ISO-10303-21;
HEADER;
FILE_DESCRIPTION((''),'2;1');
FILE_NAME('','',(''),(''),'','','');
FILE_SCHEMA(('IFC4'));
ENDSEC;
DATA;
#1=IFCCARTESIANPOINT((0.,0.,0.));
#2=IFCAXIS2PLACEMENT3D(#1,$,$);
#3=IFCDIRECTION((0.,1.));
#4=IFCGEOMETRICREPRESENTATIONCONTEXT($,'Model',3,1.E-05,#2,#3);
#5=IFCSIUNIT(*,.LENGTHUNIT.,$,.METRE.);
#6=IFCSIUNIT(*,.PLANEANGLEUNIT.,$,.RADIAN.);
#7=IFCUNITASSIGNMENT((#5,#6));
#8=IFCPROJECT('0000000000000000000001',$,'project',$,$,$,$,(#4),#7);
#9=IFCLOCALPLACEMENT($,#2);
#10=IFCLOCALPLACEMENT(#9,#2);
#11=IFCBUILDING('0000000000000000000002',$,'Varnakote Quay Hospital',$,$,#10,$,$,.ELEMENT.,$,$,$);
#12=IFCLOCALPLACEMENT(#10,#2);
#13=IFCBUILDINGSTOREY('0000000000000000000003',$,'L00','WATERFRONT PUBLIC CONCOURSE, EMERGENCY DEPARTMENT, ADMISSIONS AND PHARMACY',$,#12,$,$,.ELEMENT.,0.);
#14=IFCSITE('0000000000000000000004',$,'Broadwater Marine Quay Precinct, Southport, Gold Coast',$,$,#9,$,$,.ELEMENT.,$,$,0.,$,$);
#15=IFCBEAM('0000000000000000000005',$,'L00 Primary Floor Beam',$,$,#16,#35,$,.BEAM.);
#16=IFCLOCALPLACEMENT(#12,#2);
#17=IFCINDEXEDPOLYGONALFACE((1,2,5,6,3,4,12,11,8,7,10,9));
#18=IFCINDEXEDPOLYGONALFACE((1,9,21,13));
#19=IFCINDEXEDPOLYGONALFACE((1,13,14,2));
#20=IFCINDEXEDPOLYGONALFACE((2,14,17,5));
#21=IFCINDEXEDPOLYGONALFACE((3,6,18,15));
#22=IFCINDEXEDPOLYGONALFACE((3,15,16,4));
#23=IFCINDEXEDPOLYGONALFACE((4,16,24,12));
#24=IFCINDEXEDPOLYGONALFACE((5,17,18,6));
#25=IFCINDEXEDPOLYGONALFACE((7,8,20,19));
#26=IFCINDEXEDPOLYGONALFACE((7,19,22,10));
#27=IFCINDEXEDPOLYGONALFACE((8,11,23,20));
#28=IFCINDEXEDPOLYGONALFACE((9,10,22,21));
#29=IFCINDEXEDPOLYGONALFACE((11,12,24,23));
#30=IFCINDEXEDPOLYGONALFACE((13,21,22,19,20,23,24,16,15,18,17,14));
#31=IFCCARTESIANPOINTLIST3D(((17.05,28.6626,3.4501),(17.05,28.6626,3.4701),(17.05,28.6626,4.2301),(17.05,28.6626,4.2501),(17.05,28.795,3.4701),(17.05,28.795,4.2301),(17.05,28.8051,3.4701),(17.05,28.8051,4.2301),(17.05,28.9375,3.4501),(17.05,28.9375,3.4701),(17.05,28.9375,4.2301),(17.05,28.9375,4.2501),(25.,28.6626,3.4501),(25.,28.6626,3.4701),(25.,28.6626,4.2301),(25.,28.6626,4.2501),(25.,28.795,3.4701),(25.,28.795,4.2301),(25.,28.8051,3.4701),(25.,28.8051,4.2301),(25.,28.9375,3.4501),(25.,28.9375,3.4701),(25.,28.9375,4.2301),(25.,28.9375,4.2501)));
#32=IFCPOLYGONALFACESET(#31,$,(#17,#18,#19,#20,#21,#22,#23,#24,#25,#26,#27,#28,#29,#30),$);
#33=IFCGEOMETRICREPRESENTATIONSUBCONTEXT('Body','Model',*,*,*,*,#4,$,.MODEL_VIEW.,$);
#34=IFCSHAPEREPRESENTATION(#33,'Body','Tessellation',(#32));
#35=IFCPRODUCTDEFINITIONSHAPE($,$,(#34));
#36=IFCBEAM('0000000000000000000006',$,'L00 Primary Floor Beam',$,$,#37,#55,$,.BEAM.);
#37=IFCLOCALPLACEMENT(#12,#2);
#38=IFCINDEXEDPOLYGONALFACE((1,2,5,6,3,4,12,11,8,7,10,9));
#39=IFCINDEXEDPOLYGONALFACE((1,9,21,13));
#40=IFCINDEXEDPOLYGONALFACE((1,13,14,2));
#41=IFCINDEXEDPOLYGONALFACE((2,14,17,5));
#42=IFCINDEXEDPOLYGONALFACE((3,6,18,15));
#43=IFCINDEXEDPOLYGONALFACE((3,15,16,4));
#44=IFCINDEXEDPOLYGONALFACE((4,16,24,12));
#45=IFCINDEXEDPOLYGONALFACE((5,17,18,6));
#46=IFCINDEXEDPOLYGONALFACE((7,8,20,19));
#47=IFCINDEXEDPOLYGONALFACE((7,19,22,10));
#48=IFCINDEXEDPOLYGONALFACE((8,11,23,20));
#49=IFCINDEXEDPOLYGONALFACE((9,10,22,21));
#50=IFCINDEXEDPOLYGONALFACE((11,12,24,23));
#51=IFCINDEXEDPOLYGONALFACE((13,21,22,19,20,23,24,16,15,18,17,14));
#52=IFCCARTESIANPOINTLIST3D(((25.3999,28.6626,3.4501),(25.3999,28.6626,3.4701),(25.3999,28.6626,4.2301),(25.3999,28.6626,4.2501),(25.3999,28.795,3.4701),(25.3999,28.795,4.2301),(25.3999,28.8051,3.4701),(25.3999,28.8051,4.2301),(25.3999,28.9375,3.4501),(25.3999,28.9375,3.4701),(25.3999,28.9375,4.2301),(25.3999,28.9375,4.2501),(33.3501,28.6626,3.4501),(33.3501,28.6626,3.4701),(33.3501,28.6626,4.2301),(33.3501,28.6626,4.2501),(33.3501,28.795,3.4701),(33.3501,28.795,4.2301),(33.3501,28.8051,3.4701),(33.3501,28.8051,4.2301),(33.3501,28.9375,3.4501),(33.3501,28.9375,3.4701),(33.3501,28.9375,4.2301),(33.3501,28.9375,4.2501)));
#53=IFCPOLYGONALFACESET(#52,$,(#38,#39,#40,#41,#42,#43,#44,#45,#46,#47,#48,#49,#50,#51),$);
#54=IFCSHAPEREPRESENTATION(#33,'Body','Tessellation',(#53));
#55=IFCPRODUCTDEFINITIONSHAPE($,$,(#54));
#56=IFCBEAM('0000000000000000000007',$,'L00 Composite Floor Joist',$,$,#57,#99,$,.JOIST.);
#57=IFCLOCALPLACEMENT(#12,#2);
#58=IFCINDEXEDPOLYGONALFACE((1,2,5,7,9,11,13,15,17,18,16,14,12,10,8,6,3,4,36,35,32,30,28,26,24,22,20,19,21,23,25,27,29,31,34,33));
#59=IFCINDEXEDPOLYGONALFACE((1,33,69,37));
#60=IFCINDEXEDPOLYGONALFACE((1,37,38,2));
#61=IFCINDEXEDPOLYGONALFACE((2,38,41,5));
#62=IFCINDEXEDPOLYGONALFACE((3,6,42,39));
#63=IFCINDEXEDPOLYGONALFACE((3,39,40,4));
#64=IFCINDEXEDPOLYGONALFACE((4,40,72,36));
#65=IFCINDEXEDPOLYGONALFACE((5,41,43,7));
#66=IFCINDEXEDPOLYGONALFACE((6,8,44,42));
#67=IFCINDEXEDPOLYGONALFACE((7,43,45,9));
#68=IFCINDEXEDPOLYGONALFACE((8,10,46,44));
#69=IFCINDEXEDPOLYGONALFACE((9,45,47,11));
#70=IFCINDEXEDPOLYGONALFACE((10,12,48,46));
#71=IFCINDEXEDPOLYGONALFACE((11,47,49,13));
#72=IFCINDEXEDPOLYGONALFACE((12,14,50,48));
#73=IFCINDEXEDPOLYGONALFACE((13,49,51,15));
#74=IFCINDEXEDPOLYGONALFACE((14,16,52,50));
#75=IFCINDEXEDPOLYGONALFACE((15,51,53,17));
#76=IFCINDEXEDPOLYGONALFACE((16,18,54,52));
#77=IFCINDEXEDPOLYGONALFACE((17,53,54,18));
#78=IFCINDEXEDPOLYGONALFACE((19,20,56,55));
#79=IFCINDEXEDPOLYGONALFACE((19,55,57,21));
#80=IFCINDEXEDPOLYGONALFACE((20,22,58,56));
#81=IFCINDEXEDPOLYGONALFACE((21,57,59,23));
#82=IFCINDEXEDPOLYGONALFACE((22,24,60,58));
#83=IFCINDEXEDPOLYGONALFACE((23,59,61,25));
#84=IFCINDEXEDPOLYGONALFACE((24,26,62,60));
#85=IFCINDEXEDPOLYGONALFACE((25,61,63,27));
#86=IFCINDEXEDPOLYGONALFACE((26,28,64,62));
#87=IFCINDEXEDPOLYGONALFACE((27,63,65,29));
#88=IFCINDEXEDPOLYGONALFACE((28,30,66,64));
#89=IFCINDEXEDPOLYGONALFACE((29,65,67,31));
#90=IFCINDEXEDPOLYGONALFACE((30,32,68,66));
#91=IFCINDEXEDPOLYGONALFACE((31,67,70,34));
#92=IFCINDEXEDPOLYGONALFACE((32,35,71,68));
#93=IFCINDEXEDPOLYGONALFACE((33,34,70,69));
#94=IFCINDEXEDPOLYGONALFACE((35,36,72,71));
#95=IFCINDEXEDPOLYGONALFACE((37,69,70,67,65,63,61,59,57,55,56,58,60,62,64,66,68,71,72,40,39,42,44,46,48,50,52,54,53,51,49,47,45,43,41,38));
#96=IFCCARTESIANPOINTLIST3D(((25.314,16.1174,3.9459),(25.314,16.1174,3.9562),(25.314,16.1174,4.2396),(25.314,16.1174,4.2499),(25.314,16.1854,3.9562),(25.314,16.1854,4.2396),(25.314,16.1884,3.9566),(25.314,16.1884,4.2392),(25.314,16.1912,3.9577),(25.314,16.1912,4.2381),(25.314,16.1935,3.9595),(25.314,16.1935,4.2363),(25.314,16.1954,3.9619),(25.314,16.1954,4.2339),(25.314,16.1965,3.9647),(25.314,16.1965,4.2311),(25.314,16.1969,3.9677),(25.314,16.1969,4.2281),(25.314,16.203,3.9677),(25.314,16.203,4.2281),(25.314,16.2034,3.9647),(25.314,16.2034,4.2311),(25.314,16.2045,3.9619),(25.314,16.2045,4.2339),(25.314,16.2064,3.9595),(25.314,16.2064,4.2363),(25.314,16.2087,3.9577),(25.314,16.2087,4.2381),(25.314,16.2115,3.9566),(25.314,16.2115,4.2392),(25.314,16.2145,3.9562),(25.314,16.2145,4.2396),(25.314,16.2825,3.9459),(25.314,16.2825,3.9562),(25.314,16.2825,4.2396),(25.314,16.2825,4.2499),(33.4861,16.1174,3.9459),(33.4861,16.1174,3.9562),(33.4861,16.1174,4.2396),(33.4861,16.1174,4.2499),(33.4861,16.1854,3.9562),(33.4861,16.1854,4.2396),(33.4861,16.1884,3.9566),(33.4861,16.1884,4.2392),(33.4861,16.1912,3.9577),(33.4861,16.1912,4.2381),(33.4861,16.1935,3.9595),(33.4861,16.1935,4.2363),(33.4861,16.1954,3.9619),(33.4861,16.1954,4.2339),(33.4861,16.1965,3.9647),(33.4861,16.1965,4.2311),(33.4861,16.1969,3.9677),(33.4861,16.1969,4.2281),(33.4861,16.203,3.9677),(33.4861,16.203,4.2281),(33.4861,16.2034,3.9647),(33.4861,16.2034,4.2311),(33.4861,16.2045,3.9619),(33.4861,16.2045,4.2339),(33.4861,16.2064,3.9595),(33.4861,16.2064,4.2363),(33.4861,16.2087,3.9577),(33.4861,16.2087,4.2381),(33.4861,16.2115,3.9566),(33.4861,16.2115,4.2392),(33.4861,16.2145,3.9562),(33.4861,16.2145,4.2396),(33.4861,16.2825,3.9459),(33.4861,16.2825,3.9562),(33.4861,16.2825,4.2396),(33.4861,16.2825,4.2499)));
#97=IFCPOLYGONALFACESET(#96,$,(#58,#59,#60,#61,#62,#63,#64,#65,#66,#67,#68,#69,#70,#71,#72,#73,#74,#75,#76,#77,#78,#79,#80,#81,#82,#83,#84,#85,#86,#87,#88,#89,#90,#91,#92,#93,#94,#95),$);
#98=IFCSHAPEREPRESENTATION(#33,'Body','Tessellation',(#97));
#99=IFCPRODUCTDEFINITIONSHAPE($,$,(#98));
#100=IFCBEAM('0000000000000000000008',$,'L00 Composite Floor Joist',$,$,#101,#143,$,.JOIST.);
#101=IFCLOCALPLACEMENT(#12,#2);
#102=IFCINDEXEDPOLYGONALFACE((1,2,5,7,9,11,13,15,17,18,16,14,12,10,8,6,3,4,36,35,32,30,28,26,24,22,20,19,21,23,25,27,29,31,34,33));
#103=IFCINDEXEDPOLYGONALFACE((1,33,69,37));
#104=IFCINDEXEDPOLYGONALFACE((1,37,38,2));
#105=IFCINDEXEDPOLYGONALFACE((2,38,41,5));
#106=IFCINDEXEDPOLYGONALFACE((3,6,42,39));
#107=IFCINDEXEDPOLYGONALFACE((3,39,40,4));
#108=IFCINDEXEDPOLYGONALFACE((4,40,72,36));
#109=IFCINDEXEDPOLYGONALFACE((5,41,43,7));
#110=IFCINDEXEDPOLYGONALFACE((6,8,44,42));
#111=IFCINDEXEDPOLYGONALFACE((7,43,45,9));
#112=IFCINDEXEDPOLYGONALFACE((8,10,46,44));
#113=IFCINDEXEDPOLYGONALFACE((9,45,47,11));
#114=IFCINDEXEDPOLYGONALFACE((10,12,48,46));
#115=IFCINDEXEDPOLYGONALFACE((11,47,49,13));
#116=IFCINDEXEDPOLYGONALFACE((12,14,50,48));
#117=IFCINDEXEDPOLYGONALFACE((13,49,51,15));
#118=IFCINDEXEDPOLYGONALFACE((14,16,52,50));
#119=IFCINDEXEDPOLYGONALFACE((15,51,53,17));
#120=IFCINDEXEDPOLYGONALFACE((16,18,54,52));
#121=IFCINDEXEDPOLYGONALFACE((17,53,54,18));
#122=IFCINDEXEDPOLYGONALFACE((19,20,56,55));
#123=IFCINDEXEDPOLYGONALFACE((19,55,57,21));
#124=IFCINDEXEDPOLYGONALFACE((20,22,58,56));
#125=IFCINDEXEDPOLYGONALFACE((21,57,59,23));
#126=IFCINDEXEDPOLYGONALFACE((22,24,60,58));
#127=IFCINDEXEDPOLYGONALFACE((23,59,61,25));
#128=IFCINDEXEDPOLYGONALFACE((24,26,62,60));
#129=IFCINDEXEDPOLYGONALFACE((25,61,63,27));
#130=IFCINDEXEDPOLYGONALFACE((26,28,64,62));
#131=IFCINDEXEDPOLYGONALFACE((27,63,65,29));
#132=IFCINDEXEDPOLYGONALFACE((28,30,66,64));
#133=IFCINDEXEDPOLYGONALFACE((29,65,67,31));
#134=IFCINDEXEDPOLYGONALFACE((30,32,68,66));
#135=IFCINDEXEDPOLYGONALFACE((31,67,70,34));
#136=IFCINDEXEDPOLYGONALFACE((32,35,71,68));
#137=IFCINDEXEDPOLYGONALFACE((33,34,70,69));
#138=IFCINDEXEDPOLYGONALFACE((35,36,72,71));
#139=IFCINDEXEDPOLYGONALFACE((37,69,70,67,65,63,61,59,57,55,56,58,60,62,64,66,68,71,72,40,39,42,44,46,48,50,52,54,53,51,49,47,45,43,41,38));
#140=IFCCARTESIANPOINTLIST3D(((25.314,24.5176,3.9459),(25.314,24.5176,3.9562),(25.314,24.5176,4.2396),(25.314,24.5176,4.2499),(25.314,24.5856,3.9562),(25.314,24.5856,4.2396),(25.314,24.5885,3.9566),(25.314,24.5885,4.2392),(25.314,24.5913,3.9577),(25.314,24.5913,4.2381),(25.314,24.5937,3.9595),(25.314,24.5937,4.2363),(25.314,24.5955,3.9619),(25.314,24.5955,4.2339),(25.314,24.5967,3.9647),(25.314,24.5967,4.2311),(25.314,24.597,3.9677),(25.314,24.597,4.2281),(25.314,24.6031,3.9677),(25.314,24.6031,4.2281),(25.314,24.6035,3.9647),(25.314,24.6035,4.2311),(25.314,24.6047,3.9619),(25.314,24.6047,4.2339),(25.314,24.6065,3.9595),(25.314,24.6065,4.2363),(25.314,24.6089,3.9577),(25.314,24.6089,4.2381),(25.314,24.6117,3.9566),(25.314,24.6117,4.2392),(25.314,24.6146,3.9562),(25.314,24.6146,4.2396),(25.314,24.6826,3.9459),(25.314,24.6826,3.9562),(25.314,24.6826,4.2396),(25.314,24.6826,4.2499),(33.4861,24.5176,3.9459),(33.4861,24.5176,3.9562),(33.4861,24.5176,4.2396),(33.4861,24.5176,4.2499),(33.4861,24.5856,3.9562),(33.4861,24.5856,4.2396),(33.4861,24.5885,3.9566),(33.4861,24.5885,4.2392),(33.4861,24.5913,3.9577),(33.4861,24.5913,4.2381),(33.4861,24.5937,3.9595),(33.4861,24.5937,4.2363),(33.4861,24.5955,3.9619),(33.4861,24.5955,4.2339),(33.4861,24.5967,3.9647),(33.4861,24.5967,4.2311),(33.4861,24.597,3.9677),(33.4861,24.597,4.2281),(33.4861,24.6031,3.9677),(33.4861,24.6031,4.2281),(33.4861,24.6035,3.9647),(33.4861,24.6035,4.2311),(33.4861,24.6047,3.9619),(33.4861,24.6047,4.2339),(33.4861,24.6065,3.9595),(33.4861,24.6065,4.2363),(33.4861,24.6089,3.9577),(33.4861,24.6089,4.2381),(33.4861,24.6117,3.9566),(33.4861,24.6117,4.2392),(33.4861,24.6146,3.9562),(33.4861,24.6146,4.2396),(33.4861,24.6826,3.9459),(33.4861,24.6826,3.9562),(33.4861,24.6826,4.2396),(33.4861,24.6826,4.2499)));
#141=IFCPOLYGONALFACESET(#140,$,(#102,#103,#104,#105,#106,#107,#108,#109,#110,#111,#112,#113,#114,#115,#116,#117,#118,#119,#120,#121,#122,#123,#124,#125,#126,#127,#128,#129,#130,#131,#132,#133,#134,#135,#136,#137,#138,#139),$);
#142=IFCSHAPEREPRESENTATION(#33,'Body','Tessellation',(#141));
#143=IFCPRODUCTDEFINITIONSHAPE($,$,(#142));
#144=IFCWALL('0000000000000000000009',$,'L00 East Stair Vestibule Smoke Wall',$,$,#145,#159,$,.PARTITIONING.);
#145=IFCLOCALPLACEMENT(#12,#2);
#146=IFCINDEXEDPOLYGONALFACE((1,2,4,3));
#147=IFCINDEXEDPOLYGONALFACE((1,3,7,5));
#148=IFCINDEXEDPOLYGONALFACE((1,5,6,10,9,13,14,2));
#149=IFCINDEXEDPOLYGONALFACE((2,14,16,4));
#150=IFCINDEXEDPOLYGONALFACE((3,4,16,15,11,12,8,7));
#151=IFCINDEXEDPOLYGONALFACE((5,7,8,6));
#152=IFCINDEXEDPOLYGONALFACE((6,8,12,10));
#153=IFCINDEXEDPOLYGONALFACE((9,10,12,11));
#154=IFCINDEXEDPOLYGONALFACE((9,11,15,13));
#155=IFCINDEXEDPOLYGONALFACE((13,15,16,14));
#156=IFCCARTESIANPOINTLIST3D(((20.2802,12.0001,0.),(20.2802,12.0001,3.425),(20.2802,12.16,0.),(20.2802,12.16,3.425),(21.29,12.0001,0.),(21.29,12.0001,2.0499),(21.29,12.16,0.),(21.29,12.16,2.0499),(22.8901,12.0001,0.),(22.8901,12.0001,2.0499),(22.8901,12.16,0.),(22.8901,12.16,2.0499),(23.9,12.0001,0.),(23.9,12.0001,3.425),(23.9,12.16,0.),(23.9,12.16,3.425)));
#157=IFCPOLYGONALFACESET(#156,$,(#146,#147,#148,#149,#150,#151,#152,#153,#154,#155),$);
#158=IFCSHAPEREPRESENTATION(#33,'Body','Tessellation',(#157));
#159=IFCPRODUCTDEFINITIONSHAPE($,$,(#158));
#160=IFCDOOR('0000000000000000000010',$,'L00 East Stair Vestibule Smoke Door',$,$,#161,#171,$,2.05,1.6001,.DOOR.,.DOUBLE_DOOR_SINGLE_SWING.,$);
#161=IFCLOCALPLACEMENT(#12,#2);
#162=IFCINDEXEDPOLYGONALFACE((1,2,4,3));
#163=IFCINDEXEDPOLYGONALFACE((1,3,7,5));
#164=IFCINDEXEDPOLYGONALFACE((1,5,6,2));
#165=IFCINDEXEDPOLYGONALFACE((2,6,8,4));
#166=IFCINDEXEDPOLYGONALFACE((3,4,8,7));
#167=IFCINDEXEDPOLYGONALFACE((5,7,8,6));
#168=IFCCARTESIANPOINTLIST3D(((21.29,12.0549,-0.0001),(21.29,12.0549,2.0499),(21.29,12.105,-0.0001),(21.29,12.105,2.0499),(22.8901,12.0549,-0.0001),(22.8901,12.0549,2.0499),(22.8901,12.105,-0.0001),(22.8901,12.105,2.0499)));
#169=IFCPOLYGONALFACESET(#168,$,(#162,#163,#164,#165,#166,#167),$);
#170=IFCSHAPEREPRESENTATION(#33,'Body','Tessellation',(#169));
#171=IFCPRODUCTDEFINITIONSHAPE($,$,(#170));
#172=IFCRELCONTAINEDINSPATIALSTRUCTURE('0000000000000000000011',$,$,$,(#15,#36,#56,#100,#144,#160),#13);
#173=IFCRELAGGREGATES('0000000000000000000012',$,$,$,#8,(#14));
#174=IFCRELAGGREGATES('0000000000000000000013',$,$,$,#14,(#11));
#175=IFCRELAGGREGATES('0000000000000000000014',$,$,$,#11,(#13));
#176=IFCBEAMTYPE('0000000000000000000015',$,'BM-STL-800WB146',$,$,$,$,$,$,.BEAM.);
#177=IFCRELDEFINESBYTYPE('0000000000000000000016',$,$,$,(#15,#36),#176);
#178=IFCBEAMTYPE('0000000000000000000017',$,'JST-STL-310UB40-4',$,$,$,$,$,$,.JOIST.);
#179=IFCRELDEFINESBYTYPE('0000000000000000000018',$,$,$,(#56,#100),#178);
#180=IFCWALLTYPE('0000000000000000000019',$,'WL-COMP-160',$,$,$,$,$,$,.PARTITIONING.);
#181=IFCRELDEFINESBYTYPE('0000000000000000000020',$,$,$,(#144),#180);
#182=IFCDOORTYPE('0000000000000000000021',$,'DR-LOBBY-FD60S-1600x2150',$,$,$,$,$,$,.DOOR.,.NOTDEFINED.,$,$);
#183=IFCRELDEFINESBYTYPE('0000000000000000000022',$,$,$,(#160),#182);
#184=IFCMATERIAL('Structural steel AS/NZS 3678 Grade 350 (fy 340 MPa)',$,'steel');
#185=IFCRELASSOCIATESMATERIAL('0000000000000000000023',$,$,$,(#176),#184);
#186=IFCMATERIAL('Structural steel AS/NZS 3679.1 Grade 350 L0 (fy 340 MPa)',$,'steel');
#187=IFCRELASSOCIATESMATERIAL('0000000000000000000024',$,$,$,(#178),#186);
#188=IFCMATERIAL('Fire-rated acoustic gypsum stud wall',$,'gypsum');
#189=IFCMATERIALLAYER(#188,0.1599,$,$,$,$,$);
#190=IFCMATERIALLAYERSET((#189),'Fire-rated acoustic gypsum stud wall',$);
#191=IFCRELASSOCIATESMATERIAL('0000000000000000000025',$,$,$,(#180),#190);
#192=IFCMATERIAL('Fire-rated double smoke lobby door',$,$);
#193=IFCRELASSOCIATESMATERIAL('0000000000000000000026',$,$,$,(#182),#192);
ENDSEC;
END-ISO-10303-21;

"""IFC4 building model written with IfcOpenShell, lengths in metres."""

from ifc_helpers import new_model, si_unit, direction, frame, frame_2d, origin, origin_2d, place, context, subcontext, project, spatial, rectangle, i_section, extrude, material, layer, layer_set, material_profile, profile_set, type_object, element, fill, save


model = new_model("IFC4")

# Units and contexts
model_context = context("Model", 3, precision=1e-05, world=origin(), true_north=direction((0.0, 1.0)))
body_context = subcontext(model_context, "Body", "Model", "MODEL_VIEW")
ifc_project = project(units=[si_unit("LENGTHUNIT", "METRE"), si_unit("PLANEANGLEUNIT", "RADIAN")], contexts=[model_context])

# Site, building, storey
site_placement = place(None, origin())
site = spatial("IfcSite", under=ifc_project, at=site_placement, Name="Broadwater Marine Quay Precinct, Southport, Gold Coast", CompositionType="ELEMENT", RefElevation=0.0)
building_placement = place(site_placement, origin())
building = spatial("IfcBuilding", under=site, at=building_placement, Name="Varnakote Quay Hospital", CompositionType="ELEMENT")
storey_placement = place(building_placement, origin())
storey = spatial("IfcBuildingStorey", under=building, at=storey_placement, Name="L00", Description="WATERFRONT PUBLIC CONCOURSE, EMERGENCY DEPARTMENT, ADMISSIONS AND PHARMACY", CompositionType="ELEMENT", Elevation=0.0)

# Beams
ifc_material_1 = material(Name="Structural steel AS/NZS 3678 Grade 350 (fy 340 MPa)", Category="steel")
ifc_material_profile_1 = material_profile(ifc_material_1, i_section(OverallWidth=0.2749, OverallDepth=0.8, WebThickness=0.01, FlangeThickness=0.02, at=origin_2d()), Name="800WB146")
ifc_profile_set_1 = profile_set([ifc_material_profile_1], Name="Structural steel AS/NZS 3678 Grade 350 (fy 340 MPa)")
beam_type_1 = type_object("IfcBeamType", Name="BM-STL-800WB146", PredefinedType="BEAM", material=ifc_profile_set_1)
beam_1_placement = place(storey_placement, frame((17.05, 28.8, 3.8501), z_axis=(1.0, 0.0, 0.0), x_axis=(0.0, 1.0, 0.0)))
element("IfcBeam", 1, at=beam_1_placement, inside=storey, type_object=beam_type_1, Name="L00 Primary Floor Beam", PredefinedType="BEAM", context=body_context, shape_type="SweptSolid", body=[
    extrude(i_section(OverallWidth=0.2749, OverallDepth=0.8, WebThickness=0.01, FlangeThickness=0.02, at=origin_2d()), origin(), (0.0, 0.0, 1.0), 7.95),
])
beam_2_placement = place(storey_placement, frame((25.3999, 28.8, 3.8501), z_axis=(1.0, 0.0, 0.0), x_axis=(0.0, 1.0, 0.0)))
element("IfcBeam", 2, at=beam_2_placement, inside=storey, type_object=beam_type_1, Name="L00 Primary Floor Beam", PredefinedType="BEAM", context=body_context, shape_type="SweptSolid", body=[
    extrude(i_section(OverallWidth=0.2749, OverallDepth=0.8, WebThickness=0.01, FlangeThickness=0.02, at=origin_2d()), origin(), (0.0, 0.0, 1.0), 7.9502),
])
ifc_material_2 = material(Name="Structural steel AS/NZS 3679.1 Grade 350 L0 (fy 340 MPa)", Category="steel")
ifc_material_profile_2 = material_profile(ifc_material_2, i_section(OverallWidth=0.165, OverallDepth=0.304, WebThickness=0.0061, FlangeThickness=0.0103, FilletRadius=0.0115, at=origin_2d()), Name="310UB40.4")
ifc_profile_set_2 = profile_set([ifc_material_profile_2], Name="Structural steel AS/NZS 3679.1 Grade 350 L0 (fy 340 MPa)")
beam_type_2 = type_object("IfcBeamType", Name="JST-STL-310UB40-4", PredefinedType="JOIST", material=ifc_profile_set_2)
for number, where, z_axis, x_axis, name in (
    (3, (25.314, 16.2, 4.0979), (1.0, 0.0, 0.0), (0.0, 1.0, 0.0), "L00 Composite Floor Joist"),
    (4, (25.314, 24.6001, 4.0979), (1.0, 0.0, 0.0), (0.0, 1.0, 0.0), "L00 Composite Floor Joist"),
):
    element("IfcBeam", number, at=place(storey_placement, frame(where, z_axis=z_axis, x_axis=x_axis)), inside=storey, type_object=beam_type_2, Name=name, PredefinedType="JOIST", context=body_context, shape_type="SweptSolid", body=[
        extrude(i_section(OverallWidth=0.165, OverallDepth=0.304, WebThickness=0.0061, FlangeThickness=0.0103, FilletRadius=0.0115, at=origin_2d()), origin(), (0.0, 0.0, 1.0), 8.1721),
    ])

# Wall, opening, door
ifc_material_3 = material(Name="Fire-rated acoustic gypsum stud wall", Category="gypsum")
ifc_layer_1 = layer(ifc_material_3, 0.1599)
ifc_layer_set_1 = layer_set([ifc_layer_1], Name="Fire-rated acoustic gypsum stud wall")
wall_type_1 = type_object("IfcWallType", Name="WL-COMP-160", PredefinedType="PARTITIONING", material=ifc_layer_set_1)
wall_1_placement = place(storey_placement, frame((20.28, 12.0801, 0.0), z_axis=(0.0, 0.0, 1.0), x_axis=(1.0, 0.0, 0.0)))
wall_1 = element("IfcWall", 5, at=wall_1_placement, inside=storey, type_object=wall_type_1, Name="L00 East Stair Vestibule Smoke Wall", PredefinedType="PARTITIONING", context=body_context, shape_type="SweptSolid", body=[
    extrude(rectangle(XDim=3.6199, YDim=0.1599, at=frame_2d((1.8101, 0.0))), origin(), (0.0, 0.0, 1.0), 3.425),
])
opening_1_placement = place(wall_1_placement, frame((1.01, 0.0, 0.0)))
opening_1 = element("IfcOpeningElement", 6, at=opening_1_placement, cuts=wall_1, PredefinedType="OPENING", context=body_context, shape_type="SweptSolid", body=[
    extrude(rectangle(XDim=1.6001, YDim=2.05, at=frame_2d((0.8, 1.0249))), frame((0.0, 0.0898, 0.0), z_axis=(0.0, -1.0, 0.0), x_axis=(1.0, 0.0, 0.0)), (0.0, 0.0, 1.0), 0.1799),
])
ifc_material_4 = material(Name="Fire-rated double smoke lobby door")
door_type_1 = type_object("IfcDoorType", Name="DR-LOBBY-FD60S-1600x2150", OperationType="NOTDEFINED", PredefinedType="DOOR", material=ifc_material_4)
door_1_placement = place(opening_1_placement, origin())
door_1 = element("IfcDoor", 7, at=door_1_placement, inside=storey, type_object=door_type_1, Name="L00 East Stair Vestibule Smoke Door", OperationType="DOUBLE_DOOR_SINGLE_SWING", OverallHeight=2.05, OverallWidth=1.6001, PredefinedType="DOOR", context=body_context, shape_type="SweptSolid", body=[
    extrude(rectangle(XDim=1.6001, YDim=2.05, at=frame_2d((0.8, 1.0249))), frame((0.0, 0.0249, 0.0), z_axis=(0.0, -1.0, 0.0), x_axis=(1.0, 0.0, 0.0)), (0.0, 0.0, 1.0), 0.05),
])
fill(opening_1, door_1)

save(model, "model.ifc")
